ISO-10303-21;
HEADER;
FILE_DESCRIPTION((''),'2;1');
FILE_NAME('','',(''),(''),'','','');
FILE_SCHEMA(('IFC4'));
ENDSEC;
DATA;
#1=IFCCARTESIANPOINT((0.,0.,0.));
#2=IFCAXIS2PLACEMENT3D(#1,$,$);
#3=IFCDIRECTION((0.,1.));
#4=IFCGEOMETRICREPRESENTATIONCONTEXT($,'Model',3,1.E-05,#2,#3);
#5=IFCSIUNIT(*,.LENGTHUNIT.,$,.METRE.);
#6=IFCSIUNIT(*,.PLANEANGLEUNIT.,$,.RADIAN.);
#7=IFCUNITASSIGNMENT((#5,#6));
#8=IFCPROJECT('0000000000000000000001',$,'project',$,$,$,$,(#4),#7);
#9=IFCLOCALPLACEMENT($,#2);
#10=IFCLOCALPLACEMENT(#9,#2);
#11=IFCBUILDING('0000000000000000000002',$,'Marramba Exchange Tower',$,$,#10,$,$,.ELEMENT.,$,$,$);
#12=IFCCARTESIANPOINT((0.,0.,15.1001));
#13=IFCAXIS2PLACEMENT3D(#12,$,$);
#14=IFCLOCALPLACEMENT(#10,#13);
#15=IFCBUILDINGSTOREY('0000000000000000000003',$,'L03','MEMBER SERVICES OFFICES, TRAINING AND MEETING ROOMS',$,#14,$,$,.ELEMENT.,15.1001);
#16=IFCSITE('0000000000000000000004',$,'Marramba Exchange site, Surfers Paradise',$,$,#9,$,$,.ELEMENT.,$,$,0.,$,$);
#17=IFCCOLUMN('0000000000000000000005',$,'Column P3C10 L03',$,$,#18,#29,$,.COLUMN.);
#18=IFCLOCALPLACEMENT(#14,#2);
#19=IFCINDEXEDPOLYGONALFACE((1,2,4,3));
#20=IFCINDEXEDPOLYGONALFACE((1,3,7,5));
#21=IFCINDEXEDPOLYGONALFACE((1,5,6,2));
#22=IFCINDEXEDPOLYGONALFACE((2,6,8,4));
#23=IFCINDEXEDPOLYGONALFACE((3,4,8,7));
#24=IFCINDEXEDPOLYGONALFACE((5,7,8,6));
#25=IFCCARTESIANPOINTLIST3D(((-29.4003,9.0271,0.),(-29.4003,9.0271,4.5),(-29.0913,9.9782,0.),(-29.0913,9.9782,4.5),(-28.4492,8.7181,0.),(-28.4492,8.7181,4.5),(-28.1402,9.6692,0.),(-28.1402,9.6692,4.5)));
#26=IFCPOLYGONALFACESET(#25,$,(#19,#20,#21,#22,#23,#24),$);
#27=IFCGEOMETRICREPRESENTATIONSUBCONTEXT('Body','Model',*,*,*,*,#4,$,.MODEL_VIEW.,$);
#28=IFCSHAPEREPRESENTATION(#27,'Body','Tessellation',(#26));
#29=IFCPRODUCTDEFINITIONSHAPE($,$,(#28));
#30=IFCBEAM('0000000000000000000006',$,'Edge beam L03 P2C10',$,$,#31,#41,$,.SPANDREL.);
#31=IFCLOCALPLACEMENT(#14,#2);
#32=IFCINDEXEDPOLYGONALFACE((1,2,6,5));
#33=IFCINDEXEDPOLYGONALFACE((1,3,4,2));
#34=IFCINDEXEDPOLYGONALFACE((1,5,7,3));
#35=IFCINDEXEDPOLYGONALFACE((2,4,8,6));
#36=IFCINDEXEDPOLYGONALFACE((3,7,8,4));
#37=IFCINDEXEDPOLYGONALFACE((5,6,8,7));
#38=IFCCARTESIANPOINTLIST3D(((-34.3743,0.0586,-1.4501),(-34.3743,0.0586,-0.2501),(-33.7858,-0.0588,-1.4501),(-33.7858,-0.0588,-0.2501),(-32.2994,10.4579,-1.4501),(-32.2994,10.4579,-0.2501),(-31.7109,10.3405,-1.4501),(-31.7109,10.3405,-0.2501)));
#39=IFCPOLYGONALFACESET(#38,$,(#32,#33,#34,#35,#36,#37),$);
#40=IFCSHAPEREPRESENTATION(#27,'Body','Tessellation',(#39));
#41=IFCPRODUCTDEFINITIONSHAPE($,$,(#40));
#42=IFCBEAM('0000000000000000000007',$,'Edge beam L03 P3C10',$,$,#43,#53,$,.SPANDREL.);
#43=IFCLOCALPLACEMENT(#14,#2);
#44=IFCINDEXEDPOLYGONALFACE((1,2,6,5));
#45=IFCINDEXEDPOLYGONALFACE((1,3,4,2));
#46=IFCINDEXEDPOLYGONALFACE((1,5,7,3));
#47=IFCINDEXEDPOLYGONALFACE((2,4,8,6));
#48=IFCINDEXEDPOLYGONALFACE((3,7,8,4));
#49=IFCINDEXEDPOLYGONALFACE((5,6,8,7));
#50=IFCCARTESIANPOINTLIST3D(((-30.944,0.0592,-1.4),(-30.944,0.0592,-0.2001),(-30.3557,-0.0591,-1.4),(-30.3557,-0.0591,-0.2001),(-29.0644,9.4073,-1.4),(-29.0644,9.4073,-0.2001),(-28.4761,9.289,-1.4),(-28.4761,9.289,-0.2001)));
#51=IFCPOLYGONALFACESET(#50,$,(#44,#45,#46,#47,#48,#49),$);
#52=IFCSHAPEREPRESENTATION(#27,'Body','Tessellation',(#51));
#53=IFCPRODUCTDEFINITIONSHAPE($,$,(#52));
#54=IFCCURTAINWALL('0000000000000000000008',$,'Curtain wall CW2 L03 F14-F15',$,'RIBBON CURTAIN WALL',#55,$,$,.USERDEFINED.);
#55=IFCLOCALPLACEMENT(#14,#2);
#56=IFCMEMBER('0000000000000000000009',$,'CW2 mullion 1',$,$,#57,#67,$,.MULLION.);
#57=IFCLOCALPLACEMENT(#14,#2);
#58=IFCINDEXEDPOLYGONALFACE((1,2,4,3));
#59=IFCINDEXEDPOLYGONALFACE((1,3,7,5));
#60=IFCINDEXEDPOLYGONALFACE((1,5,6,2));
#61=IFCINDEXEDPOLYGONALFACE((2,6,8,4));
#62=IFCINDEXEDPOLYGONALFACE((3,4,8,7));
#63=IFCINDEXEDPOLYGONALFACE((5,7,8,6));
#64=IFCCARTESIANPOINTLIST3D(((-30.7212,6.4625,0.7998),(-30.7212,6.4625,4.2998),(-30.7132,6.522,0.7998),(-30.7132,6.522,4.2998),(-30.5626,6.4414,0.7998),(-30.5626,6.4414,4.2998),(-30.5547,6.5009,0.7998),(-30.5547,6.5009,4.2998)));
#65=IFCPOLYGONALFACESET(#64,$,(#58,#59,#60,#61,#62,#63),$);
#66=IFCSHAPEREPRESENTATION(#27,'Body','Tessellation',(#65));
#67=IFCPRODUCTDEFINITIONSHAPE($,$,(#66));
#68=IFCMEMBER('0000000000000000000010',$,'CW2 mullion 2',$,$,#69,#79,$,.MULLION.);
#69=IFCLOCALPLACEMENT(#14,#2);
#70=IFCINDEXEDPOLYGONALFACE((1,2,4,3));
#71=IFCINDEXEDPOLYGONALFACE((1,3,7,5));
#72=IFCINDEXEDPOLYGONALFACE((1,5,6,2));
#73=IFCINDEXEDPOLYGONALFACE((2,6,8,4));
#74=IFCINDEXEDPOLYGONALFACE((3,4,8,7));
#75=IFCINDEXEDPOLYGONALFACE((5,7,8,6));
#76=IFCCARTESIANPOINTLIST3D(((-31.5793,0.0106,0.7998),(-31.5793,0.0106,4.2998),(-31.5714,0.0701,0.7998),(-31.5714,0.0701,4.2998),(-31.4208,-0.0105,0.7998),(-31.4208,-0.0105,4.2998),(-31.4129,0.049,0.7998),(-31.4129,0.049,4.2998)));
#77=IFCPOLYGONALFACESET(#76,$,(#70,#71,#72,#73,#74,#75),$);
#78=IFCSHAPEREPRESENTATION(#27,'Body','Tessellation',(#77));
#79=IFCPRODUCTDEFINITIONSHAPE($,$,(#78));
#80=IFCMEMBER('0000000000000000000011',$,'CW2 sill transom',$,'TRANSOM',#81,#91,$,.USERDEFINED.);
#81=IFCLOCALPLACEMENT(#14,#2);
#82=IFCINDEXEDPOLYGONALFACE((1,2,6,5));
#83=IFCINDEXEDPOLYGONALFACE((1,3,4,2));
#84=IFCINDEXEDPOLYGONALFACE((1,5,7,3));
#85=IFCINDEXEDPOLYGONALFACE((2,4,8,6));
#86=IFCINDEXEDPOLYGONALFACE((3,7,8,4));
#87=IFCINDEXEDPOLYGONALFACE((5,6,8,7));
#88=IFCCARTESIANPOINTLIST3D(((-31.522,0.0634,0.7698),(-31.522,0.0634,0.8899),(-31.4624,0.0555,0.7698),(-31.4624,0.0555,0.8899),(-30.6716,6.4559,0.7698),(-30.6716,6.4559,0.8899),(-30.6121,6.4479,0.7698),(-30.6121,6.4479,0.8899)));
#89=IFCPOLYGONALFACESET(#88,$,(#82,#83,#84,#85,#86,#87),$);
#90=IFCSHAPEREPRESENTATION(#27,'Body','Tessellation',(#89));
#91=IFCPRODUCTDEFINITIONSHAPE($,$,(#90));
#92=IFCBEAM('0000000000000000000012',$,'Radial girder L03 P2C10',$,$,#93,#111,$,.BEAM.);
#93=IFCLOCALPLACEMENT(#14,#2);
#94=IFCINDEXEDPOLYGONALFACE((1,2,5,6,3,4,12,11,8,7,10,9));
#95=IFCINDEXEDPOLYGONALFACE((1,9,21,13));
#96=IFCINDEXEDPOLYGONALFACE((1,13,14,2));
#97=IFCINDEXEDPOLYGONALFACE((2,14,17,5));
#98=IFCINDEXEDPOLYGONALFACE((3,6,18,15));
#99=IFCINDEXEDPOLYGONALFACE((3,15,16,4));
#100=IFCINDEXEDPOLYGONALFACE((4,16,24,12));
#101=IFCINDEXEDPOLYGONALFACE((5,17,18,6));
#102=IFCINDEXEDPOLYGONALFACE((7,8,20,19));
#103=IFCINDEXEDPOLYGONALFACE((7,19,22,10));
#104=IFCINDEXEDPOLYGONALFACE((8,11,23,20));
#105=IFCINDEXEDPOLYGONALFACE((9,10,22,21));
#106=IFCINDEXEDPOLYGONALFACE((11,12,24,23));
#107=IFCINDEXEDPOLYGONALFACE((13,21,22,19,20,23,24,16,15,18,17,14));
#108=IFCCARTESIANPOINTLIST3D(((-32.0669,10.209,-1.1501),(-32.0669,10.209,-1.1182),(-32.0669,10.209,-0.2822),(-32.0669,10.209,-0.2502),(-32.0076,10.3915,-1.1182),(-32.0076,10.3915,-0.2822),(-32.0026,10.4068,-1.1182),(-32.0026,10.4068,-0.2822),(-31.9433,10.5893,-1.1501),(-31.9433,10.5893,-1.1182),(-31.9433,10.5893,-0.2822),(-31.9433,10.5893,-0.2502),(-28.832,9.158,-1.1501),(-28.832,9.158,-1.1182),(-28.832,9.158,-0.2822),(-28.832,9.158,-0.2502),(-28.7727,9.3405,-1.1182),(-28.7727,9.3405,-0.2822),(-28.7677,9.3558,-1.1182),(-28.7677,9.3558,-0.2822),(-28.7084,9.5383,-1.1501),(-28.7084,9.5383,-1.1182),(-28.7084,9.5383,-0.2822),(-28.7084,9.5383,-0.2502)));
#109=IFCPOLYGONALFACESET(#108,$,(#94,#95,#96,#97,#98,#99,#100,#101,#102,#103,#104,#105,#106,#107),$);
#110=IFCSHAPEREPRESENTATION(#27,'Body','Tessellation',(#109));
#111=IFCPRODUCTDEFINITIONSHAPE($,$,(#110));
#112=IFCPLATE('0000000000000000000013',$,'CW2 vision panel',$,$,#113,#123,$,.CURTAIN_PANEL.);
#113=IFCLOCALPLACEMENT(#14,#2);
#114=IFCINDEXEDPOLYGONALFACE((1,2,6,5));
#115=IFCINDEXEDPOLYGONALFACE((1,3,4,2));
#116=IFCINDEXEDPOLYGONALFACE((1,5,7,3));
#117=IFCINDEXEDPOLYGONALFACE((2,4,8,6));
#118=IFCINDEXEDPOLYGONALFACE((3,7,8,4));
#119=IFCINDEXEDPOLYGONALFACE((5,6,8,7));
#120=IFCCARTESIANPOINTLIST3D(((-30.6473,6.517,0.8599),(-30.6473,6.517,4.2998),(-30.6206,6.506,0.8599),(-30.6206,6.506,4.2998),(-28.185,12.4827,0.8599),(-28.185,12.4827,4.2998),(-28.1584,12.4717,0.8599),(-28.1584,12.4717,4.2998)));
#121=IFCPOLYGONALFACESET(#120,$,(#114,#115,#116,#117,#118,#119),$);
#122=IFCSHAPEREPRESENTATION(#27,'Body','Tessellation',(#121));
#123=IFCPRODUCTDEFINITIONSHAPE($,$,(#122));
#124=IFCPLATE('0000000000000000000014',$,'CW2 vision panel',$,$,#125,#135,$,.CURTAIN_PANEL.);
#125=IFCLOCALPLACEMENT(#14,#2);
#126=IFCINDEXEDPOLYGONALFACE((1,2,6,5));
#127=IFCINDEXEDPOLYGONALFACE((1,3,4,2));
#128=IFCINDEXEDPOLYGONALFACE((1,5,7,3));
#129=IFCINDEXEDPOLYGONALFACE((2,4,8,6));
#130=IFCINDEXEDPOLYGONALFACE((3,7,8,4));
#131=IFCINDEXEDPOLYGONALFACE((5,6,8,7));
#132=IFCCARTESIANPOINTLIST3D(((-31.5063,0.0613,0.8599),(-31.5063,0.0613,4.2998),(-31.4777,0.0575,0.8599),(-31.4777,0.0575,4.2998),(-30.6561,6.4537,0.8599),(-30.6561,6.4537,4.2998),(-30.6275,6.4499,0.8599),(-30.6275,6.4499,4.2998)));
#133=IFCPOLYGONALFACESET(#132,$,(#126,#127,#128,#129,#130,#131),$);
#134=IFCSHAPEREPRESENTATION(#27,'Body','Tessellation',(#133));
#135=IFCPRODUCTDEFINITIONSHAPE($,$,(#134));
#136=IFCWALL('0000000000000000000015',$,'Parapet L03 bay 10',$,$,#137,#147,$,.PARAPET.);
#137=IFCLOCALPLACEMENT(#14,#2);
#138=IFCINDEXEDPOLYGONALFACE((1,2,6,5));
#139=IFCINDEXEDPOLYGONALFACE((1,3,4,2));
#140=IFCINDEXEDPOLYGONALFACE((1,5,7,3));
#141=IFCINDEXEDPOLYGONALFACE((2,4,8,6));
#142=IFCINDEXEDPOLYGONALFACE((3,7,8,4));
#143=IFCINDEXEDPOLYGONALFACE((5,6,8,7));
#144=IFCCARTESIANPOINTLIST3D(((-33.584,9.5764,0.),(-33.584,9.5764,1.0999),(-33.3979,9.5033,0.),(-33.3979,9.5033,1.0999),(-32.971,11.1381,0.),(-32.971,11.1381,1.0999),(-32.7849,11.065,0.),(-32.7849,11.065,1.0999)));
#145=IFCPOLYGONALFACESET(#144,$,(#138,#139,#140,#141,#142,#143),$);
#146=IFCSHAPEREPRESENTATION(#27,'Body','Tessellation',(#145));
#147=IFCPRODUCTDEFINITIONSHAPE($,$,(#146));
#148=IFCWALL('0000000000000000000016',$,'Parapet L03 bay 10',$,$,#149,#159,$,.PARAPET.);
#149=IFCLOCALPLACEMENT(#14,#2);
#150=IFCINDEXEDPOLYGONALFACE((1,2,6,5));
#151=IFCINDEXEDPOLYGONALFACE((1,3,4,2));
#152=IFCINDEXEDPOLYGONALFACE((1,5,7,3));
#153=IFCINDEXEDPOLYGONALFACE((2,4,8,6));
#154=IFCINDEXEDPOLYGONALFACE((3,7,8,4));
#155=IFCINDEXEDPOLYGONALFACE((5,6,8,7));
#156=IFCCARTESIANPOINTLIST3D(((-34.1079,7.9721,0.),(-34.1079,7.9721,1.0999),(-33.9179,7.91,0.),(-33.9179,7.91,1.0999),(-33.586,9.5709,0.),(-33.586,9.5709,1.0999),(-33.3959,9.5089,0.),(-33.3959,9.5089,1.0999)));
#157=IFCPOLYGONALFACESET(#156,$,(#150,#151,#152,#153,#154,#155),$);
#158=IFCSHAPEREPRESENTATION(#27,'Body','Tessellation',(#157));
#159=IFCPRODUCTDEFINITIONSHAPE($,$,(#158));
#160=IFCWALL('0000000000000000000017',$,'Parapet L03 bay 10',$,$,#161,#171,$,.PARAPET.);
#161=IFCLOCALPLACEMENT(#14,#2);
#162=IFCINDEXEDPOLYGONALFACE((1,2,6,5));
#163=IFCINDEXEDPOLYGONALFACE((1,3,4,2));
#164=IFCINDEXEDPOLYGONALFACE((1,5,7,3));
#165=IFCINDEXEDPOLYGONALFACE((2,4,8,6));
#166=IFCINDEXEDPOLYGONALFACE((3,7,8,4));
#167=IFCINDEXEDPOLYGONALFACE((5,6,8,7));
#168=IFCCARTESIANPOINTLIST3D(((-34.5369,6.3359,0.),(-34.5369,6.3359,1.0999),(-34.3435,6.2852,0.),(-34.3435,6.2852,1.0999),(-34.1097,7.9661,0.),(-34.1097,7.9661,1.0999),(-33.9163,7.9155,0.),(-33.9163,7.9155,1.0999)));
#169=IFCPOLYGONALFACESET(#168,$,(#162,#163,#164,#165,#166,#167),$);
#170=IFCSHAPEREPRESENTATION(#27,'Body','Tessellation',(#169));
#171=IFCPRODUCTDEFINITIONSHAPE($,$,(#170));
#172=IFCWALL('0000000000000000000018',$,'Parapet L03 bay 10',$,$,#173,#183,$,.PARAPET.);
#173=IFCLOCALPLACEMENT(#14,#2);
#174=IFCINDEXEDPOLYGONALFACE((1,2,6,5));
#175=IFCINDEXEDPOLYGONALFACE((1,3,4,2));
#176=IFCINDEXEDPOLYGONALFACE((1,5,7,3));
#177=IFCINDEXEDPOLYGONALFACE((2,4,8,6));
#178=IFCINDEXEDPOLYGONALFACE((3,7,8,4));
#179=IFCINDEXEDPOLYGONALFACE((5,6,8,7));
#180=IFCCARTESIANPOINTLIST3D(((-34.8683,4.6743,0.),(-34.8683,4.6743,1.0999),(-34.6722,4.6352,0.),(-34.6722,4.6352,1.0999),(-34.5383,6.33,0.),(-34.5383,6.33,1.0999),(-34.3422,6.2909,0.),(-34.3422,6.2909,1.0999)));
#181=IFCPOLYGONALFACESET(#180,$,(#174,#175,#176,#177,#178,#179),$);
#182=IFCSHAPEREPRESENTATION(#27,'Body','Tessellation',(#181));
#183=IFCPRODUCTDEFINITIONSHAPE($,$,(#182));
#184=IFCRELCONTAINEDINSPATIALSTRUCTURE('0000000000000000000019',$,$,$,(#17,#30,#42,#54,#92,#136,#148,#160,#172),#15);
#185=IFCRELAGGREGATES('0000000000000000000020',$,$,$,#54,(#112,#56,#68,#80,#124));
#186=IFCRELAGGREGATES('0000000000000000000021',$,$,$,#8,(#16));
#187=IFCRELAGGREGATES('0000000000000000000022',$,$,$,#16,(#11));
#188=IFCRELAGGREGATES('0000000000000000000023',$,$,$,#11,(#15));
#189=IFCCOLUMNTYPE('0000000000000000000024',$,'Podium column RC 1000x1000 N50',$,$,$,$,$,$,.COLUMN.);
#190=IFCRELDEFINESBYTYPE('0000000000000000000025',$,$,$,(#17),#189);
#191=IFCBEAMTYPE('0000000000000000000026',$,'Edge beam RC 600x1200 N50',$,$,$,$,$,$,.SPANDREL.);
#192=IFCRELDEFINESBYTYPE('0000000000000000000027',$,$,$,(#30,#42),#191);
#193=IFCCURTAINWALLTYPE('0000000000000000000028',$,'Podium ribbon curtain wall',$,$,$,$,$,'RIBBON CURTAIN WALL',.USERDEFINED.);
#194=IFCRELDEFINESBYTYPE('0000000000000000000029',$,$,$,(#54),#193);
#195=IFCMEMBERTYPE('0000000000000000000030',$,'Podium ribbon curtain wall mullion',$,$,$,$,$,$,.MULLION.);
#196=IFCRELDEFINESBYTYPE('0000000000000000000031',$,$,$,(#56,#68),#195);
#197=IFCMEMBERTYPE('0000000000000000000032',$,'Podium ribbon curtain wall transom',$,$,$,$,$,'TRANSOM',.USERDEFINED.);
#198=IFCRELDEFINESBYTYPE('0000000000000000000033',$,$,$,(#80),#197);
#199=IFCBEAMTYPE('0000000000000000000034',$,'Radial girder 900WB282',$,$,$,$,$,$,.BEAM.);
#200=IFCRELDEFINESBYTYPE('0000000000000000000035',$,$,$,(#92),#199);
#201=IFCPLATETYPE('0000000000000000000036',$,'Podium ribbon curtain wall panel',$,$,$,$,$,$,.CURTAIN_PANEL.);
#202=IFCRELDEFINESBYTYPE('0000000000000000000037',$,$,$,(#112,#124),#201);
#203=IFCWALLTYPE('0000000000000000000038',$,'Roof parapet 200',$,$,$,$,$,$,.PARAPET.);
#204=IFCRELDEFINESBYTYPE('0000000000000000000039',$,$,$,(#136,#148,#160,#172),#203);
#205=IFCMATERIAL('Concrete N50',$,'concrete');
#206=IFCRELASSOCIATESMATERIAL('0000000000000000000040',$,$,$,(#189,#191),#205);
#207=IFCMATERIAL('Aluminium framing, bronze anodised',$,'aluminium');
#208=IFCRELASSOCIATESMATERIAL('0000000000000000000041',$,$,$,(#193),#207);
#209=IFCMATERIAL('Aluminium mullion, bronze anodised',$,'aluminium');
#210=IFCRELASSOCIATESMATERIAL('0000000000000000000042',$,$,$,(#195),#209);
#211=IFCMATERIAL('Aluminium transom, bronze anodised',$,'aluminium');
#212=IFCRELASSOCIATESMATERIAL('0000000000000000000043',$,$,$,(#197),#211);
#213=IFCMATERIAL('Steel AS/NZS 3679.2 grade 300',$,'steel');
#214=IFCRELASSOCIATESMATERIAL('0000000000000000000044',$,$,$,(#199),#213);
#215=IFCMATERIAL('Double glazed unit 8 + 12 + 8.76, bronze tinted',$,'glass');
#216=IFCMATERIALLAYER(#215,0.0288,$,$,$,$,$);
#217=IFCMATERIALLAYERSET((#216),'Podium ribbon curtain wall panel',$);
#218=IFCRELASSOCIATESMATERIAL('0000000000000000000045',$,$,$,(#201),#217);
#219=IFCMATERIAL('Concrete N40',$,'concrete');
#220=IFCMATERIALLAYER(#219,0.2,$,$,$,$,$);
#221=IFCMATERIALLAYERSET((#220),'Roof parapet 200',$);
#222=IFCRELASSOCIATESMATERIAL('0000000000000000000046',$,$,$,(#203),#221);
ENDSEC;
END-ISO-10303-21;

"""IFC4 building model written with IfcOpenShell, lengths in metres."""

from ifc_helpers import new_model, si_unit, direction, frame, frame_2d, origin, origin_2d, place, context, subcontext, project, spatial, rectangle, i_section, extrude, material, layer, layer_set, material_profile, profile_set, type_object, element, aggregate, save


model = new_model("IFC4")

# Units and contexts
model_context = context("Model", 3, precision=1e-05, world=origin(), true_north=direction((0.0, 1.0)))
body_context = subcontext(model_context, "Body", "Model", "MODEL_VIEW")
ifc_project = project(units=[si_unit("LENGTHUNIT", "METRE"), si_unit("PLANEANGLEUNIT", "RADIAN")], contexts=[model_context])

# Site, building, storey
site_placement = place(None, origin())
site = spatial("IfcSite", under=ifc_project, at=site_placement, Name="Marramba Exchange site, Surfers Paradise", CompositionType="ELEMENT", RefElevation=0.0)
building_placement = place(site_placement, origin())
building = spatial("IfcBuilding", under=site, at=building_placement, Name="Marramba Exchange Tower", CompositionType="ELEMENT")
storey_placement = place(building_placement, frame((0.0, 0.0, 15.1001)))
storey = spatial("IfcBuildingStorey", under=building, at=storey_placement, Name="L03", Description="MEMBER SERVICES OFFICES, TRAINING AND MEETING ROOMS", CompositionType="ELEMENT", Elevation=15.1001)

# Column
ifc_material_1 = material(Name="Concrete N50", Category="concrete")
ifc_material_profile_1 = material_profile(ifc_material_1, rectangle(XDim=1.0, YDim=1.0, at=origin_2d()), Name="RC 1000x1000")
ifc_profile_set_1 = profile_set([ifc_material_profile_1], Name="Concrete N50")
column_type = type_object("IfcColumnType", Name="Podium column RC 1000x1000 N50", PredefinedType="COLUMN", material=ifc_profile_set_1)
column_placement = place(storey_placement, frame((-28.7703, 9.3481, 0.0), z_axis=(0.0, 0.0, 1.0), x_axis=(-0.951057, 0.309017, 0.0)))
element("IfcColumn", 1, at=column_placement, inside=storey, type_object=column_type, Name="Column P3C10 L03", PredefinedType="COLUMN", context=body_context, shape_type="SweptSolid", body=[
    extrude(rectangle(XDim=1.0, YDim=1.0, at=origin_2d()), origin(), (0.0, 0.0, 1.0), 4.5),
])

# Beams
ifc_material_profile_2 = material_profile(ifc_material_1, rectangle(XDim=0.6001, YDim=1.2, at=origin_2d()), Name="RC 600x1200")
ifc_profile_set_2 = profile_set([ifc_material_profile_2], Name="Concrete N50")
beam_type_1 = type_object("IfcBeamType", Name="Edge beam RC 600x1200 N50", PredefinedType="SPANDREL", material=ifc_profile_set_2)
beam_1_placement = place(storey_placement, frame((-32.0051, 10.3992, -0.8501), z_axis=(-0.195673, -0.980669, 0.0), x_axis=(0.980669, -0.195673, 0.0)))
element("IfcBeam", 2, at=beam_1_placement, inside=storey, type_object=beam_type_1, Name="Edge beam L03 P2C10", PredefinedType="SPANDREL", context=body_context, shape_type="SweptSolid", body=[
    extrude(rectangle(XDim=0.6001, YDim=1.2, at=origin_2d()), origin(), (0.0, 0.0, 1.0), 10.6042),
])
beam_2_placement = place(storey_placement, frame((-28.7703, 9.3481, -0.8), z_axis=(-0.197125, -0.980378, 0.0), x_axis=(0.980378, -0.197125, 0.0)))
element("IfcBeam", 3, at=beam_2_placement, inside=storey, type_object=beam_type_1, Name="Edge beam L03 P3C10", PredefinedType="SPANDREL", context=body_context, shape_type="SweptSolid", body=[
    extrude(rectangle(XDim=0.6001, YDim=1.2, at=origin_2d()), origin(), (0.0, 0.0, 1.0), 9.5352),
])

# Curtain wall, members
ifc_material_2 = material(Name="Aluminium framing, bronze anodised", Category="aluminium")
curtain_wall_type = type_object("IfcCurtainWallType", Name="Podium ribbon curtain wall", ElementType="RIBBON CURTAIN WALL", PredefinedType="USERDEFINED", material=ifc_material_2)
curtain_wall_placement = place(storey_placement, origin())
curtain_wall = element("IfcCurtainWall", 4, at=curtain_wall_placement, inside=storey, type_object=curtain_wall_type, Name="Curtain wall CW2 L03 F14-F15", ObjectType="RIBBON CURTAIN WALL", PredefinedType="USERDEFINED")
ifc_material_3 = material(Name="Aluminium mullion, bronze anodised", Category="aluminium")
ifc_material_profile_3 = material_profile(ifc_material_3, rectangle(XDim=0.1599, YDim=0.0601, at=origin_2d()), Name="CW2 mullion 60x160")
ifc_profile_set_3 = profile_set([ifc_material_profile_3], Name="Aluminium mullion, bronze anodised")
member_type_1 = type_object("IfcMemberType", Name="Podium ribbon curtain wall mullion", PredefinedType="MULLION", material=ifc_profile_set_3)
member_1_placement = place(storey_placement, frame((-30.6379, 6.4817, 0.7998), z_axis=(0.0, 0.0, 1.0), x_axis=(0.991271, -0.131839, 0.0)))
member_1 = element("IfcMember", 5, at=member_1_placement, type_object=member_type_1, Name="CW2 mullion 1", PredefinedType="MULLION", context=body_context, shape_type="SweptSolid", body=[
    extrude(rectangle(XDim=0.1599, YDim=0.0601, at=origin_2d()), origin(), (0.0, 0.0, 1.0), 3.5),
])
member_2_placement = place(storey_placement, frame((-31.4961, 0.0298, 0.7998), z_axis=(0.0, 0.0, 1.0), x_axis=(0.991271, -0.131839, 0.0)))
member_2 = element("IfcMember", 6, at=member_2_placement, type_object=member_type_1, Name="CW2 mullion 2", PredefinedType="MULLION", context=body_context, shape_type="SweptSolid", body=[
    extrude(rectangle(XDim=0.1599, YDim=0.0601, at=origin_2d()), origin(), (0.0, 0.0, 1.0), 3.5),
])
ifc_material_4 = material(Name="Aluminium transom, bronze anodised", Category="aluminium")
ifc_material_profile_4 = material_profile(ifc_material_4, rectangle(XDim=0.0601, YDim=0.1201, at=origin_2d()), Name="CW2 transom 60x120")
ifc_profile_set_4 = profile_set([ifc_material_profile_4], Name="Aluminium transom, bronze anodised")
member_type_2 = type_object("IfcMemberType", Name="Podium ribbon curtain wall transom", ElementType="TRANSOM", PredefinedType="USERDEFINED", material=ifc_profile_set_4)
member_3_placement = place(storey_placement, frame((-30.6418, 6.4519, 0.8298), z_axis=(-0.131864, -0.991268, 0.0), x_axis=(0.991268, -0.131864, 0.0)))
member_3 = element("IfcMember", 7, at=member_3_placement, type_object=member_type_2, Name="CW2 sill transom", ObjectType="TRANSOM", PredefinedType="USERDEFINED", context=body_context, shape_type="SweptSolid", body=[
    extrude(rectangle(XDim=0.0601, YDim=0.1201, at=origin_2d()), origin(), (0.0, 0.0, 1.0), 6.4487),
])

# Beam
ifc_material_5 = material(Name="Steel AS/NZS 3679.2 grade 300", Category="steel")
ifc_material_profile_5 = material_profile(ifc_material_5, i_section(OverallWidth=0.3999, OverallDepth=0.8999, WebThickness=0.0161, FlangeThickness=0.032, at=origin_2d()), Name="900WB282")
ifc_profile_set_5 = profile_set([ifc_material_profile_5], Name="Steel AS/NZS 3679.2 grade 300")
beam_type_2 = type_object("IfcBeamType", Name="Radial girder 900WB282", PredefinedType="BEAM", material=ifc_profile_set_5)
beam_3_placement = place(storey_placement, frame((-32.0051, 10.3992, -0.7002), z_axis=(0.95106, -0.309005, 0.0), x_axis=(0.309005, 0.95106, 0.0)))
element("IfcBeam", 8, at=beam_3_placement, inside=storey, type_object=beam_type_2, Name="Radial girder L03 P2C10", PredefinedType="BEAM", context=body_context, shape_type="SweptSolid", body=[
    extrude(i_section(OverallWidth=0.3999, OverallDepth=0.8999, WebThickness=0.0161, FlangeThickness=0.032, at=origin_2d()), origin(), (0.0, 0.0, 1.0), 3.4014),
])

# Plates
ifc_material_6 = material(Name="Double glazed unit 8 + 12 + 8.76, bronze tinted", Category="glass")
ifc_layer_1 = layer(ifc_material_6, 0.0288)
ifc_layer_set_1 = layer_set([ifc_layer_1], Name="Podium ribbon curtain wall panel")
plate_type = type_object("IfcPlateType", Name="Podium ribbon curtain wall panel", PredefinedType="CURTAIN_PANEL", material=ifc_layer_set_1)
plate_1_placement = place(storey_placement, frame((-29.4028, 9.4944, 0.8599), z_axis=(0.0, 0.0, 1.0), x_axis=(-0.381514, -0.924363, 0.0)))
plate_1 = element("IfcPlate", 9, at=plate_1_placement, type_object=plate_type, Name="CW2 vision panel", PredefinedType="CURTAIN_PANEL", context=body_context, shape_type="SweptSolid", body=[
    extrude(rectangle(XDim=6.4539, YDim=0.0288, at=origin_2d()), origin(), (0.0, 0.0, 1.0), 3.4399),
])
plate_2_placement = place(storey_placement, frame((-31.0669, 3.2556, 0.8599), z_axis=(0.0, 0.0, 1.0), x_axis=(-0.131839, -0.991271, 0.0)))
plate_2 = element("IfcPlate", 10, at=plate_2_placement, type_object=plate_type, Name="CW2 vision panel", PredefinedType="CURTAIN_PANEL", context=body_context, shape_type="SweptSolid", body=[
    extrude(rectangle(XDim=6.4487, YDim=0.0288, at=origin_2d()), origin(), (0.0, 0.0, 1.0), 3.4399),
])
aggregate(curtain_wall, [plate_1, member_1, member_2, member_3, plate_2])

# Walls
ifc_material_7 = material(Name="Concrete N40", Category="concrete")
ifc_layer_2 = layer(ifc_material_7, 0.2)
ifc_layer_set_2 = layer_set([ifc_layer_2], Name="Roof parapet 200")
wall_type = type_object("IfcWallType", Name="Roof parapet 200", PredefinedType="PARAPET", material=ifc_layer_set_2)
wall_1_placement = place(storey_placement, frame((-32.8779, 11.1016, 0.0), z_axis=(0.0, 0.0, 1.0), x_axis=(-0.365387, -0.930856, 0.0)))
element("IfcWall", 11, at=wall_1_placement, inside=storey, type_object=wall_type, Name="Parapet L03 bay 10", PredefinedType="PARAPET", context=body_context, shape_type="SweptSolid", body=[
    extrude(rectangle(XDim=1.6777, YDim=0.2, at=frame_2d((0.8389, 0.0))), origin(), (0.0, 0.0, 1.0), 1.0999),
])
wall_2_placement = place(storey_placement, frame((-33.491, 9.5398, 0.0), z_axis=(0.0, 0.0, 1.0), x_axis=(-0.310343, -0.950625, 0.0)))
element("IfcWall", 12, at=wall_2_placement, inside=storey, type_object=wall_type, Name="Parapet L03 bay 10", PredefinedType="PARAPET", context=body_context, shape_type="SweptSolid", body=[
    extrude(rectangle(XDim=1.6819, YDim=0.2, at=frame_2d((0.8408, 0.0))), origin(), (0.0, 0.0, 1.0), 1.0999),
])
wall_3_placement = place(storey_placement, frame((-34.0129, 7.9409, 0.0), z_axis=(0.0, 0.0, 1.0), x_axis=(-0.253495, -0.967337, 0.0)))
element("IfcWall", 13, at=wall_3_placement, inside=storey, type_object=wall_type, Name="Parapet L03 bay 10", PredefinedType="PARAPET", context=body_context, shape_type="SweptSolid", body=[
    extrude(rectangle(XDim=1.6853, YDim=0.2, at=frame_2d((0.8428, 0.0))), origin(), (0.0, 0.0, 1.0), 1.0999),
])
wall_4_placement = place(storey_placement, frame((-34.4402, 6.3105, 0.0), z_axis=(0.0, 0.0, 1.0), x_axis=(-0.195504, -0.980703, 0.0)))
element("IfcWall", 14, at=wall_4_placement, inside=storey, type_object=wall_type, Name="Parapet L03 bay 10", PredefinedType="PARAPET", context=body_context, shape_type="SweptSolid", body=[
    extrude(rectangle(XDim=1.6882, YDim=0.2, at=frame_2d((0.8442, 0.0))), origin(), (0.0, 0.0, 1.0), 1.0999),
])

save(model, "model.ifc")
